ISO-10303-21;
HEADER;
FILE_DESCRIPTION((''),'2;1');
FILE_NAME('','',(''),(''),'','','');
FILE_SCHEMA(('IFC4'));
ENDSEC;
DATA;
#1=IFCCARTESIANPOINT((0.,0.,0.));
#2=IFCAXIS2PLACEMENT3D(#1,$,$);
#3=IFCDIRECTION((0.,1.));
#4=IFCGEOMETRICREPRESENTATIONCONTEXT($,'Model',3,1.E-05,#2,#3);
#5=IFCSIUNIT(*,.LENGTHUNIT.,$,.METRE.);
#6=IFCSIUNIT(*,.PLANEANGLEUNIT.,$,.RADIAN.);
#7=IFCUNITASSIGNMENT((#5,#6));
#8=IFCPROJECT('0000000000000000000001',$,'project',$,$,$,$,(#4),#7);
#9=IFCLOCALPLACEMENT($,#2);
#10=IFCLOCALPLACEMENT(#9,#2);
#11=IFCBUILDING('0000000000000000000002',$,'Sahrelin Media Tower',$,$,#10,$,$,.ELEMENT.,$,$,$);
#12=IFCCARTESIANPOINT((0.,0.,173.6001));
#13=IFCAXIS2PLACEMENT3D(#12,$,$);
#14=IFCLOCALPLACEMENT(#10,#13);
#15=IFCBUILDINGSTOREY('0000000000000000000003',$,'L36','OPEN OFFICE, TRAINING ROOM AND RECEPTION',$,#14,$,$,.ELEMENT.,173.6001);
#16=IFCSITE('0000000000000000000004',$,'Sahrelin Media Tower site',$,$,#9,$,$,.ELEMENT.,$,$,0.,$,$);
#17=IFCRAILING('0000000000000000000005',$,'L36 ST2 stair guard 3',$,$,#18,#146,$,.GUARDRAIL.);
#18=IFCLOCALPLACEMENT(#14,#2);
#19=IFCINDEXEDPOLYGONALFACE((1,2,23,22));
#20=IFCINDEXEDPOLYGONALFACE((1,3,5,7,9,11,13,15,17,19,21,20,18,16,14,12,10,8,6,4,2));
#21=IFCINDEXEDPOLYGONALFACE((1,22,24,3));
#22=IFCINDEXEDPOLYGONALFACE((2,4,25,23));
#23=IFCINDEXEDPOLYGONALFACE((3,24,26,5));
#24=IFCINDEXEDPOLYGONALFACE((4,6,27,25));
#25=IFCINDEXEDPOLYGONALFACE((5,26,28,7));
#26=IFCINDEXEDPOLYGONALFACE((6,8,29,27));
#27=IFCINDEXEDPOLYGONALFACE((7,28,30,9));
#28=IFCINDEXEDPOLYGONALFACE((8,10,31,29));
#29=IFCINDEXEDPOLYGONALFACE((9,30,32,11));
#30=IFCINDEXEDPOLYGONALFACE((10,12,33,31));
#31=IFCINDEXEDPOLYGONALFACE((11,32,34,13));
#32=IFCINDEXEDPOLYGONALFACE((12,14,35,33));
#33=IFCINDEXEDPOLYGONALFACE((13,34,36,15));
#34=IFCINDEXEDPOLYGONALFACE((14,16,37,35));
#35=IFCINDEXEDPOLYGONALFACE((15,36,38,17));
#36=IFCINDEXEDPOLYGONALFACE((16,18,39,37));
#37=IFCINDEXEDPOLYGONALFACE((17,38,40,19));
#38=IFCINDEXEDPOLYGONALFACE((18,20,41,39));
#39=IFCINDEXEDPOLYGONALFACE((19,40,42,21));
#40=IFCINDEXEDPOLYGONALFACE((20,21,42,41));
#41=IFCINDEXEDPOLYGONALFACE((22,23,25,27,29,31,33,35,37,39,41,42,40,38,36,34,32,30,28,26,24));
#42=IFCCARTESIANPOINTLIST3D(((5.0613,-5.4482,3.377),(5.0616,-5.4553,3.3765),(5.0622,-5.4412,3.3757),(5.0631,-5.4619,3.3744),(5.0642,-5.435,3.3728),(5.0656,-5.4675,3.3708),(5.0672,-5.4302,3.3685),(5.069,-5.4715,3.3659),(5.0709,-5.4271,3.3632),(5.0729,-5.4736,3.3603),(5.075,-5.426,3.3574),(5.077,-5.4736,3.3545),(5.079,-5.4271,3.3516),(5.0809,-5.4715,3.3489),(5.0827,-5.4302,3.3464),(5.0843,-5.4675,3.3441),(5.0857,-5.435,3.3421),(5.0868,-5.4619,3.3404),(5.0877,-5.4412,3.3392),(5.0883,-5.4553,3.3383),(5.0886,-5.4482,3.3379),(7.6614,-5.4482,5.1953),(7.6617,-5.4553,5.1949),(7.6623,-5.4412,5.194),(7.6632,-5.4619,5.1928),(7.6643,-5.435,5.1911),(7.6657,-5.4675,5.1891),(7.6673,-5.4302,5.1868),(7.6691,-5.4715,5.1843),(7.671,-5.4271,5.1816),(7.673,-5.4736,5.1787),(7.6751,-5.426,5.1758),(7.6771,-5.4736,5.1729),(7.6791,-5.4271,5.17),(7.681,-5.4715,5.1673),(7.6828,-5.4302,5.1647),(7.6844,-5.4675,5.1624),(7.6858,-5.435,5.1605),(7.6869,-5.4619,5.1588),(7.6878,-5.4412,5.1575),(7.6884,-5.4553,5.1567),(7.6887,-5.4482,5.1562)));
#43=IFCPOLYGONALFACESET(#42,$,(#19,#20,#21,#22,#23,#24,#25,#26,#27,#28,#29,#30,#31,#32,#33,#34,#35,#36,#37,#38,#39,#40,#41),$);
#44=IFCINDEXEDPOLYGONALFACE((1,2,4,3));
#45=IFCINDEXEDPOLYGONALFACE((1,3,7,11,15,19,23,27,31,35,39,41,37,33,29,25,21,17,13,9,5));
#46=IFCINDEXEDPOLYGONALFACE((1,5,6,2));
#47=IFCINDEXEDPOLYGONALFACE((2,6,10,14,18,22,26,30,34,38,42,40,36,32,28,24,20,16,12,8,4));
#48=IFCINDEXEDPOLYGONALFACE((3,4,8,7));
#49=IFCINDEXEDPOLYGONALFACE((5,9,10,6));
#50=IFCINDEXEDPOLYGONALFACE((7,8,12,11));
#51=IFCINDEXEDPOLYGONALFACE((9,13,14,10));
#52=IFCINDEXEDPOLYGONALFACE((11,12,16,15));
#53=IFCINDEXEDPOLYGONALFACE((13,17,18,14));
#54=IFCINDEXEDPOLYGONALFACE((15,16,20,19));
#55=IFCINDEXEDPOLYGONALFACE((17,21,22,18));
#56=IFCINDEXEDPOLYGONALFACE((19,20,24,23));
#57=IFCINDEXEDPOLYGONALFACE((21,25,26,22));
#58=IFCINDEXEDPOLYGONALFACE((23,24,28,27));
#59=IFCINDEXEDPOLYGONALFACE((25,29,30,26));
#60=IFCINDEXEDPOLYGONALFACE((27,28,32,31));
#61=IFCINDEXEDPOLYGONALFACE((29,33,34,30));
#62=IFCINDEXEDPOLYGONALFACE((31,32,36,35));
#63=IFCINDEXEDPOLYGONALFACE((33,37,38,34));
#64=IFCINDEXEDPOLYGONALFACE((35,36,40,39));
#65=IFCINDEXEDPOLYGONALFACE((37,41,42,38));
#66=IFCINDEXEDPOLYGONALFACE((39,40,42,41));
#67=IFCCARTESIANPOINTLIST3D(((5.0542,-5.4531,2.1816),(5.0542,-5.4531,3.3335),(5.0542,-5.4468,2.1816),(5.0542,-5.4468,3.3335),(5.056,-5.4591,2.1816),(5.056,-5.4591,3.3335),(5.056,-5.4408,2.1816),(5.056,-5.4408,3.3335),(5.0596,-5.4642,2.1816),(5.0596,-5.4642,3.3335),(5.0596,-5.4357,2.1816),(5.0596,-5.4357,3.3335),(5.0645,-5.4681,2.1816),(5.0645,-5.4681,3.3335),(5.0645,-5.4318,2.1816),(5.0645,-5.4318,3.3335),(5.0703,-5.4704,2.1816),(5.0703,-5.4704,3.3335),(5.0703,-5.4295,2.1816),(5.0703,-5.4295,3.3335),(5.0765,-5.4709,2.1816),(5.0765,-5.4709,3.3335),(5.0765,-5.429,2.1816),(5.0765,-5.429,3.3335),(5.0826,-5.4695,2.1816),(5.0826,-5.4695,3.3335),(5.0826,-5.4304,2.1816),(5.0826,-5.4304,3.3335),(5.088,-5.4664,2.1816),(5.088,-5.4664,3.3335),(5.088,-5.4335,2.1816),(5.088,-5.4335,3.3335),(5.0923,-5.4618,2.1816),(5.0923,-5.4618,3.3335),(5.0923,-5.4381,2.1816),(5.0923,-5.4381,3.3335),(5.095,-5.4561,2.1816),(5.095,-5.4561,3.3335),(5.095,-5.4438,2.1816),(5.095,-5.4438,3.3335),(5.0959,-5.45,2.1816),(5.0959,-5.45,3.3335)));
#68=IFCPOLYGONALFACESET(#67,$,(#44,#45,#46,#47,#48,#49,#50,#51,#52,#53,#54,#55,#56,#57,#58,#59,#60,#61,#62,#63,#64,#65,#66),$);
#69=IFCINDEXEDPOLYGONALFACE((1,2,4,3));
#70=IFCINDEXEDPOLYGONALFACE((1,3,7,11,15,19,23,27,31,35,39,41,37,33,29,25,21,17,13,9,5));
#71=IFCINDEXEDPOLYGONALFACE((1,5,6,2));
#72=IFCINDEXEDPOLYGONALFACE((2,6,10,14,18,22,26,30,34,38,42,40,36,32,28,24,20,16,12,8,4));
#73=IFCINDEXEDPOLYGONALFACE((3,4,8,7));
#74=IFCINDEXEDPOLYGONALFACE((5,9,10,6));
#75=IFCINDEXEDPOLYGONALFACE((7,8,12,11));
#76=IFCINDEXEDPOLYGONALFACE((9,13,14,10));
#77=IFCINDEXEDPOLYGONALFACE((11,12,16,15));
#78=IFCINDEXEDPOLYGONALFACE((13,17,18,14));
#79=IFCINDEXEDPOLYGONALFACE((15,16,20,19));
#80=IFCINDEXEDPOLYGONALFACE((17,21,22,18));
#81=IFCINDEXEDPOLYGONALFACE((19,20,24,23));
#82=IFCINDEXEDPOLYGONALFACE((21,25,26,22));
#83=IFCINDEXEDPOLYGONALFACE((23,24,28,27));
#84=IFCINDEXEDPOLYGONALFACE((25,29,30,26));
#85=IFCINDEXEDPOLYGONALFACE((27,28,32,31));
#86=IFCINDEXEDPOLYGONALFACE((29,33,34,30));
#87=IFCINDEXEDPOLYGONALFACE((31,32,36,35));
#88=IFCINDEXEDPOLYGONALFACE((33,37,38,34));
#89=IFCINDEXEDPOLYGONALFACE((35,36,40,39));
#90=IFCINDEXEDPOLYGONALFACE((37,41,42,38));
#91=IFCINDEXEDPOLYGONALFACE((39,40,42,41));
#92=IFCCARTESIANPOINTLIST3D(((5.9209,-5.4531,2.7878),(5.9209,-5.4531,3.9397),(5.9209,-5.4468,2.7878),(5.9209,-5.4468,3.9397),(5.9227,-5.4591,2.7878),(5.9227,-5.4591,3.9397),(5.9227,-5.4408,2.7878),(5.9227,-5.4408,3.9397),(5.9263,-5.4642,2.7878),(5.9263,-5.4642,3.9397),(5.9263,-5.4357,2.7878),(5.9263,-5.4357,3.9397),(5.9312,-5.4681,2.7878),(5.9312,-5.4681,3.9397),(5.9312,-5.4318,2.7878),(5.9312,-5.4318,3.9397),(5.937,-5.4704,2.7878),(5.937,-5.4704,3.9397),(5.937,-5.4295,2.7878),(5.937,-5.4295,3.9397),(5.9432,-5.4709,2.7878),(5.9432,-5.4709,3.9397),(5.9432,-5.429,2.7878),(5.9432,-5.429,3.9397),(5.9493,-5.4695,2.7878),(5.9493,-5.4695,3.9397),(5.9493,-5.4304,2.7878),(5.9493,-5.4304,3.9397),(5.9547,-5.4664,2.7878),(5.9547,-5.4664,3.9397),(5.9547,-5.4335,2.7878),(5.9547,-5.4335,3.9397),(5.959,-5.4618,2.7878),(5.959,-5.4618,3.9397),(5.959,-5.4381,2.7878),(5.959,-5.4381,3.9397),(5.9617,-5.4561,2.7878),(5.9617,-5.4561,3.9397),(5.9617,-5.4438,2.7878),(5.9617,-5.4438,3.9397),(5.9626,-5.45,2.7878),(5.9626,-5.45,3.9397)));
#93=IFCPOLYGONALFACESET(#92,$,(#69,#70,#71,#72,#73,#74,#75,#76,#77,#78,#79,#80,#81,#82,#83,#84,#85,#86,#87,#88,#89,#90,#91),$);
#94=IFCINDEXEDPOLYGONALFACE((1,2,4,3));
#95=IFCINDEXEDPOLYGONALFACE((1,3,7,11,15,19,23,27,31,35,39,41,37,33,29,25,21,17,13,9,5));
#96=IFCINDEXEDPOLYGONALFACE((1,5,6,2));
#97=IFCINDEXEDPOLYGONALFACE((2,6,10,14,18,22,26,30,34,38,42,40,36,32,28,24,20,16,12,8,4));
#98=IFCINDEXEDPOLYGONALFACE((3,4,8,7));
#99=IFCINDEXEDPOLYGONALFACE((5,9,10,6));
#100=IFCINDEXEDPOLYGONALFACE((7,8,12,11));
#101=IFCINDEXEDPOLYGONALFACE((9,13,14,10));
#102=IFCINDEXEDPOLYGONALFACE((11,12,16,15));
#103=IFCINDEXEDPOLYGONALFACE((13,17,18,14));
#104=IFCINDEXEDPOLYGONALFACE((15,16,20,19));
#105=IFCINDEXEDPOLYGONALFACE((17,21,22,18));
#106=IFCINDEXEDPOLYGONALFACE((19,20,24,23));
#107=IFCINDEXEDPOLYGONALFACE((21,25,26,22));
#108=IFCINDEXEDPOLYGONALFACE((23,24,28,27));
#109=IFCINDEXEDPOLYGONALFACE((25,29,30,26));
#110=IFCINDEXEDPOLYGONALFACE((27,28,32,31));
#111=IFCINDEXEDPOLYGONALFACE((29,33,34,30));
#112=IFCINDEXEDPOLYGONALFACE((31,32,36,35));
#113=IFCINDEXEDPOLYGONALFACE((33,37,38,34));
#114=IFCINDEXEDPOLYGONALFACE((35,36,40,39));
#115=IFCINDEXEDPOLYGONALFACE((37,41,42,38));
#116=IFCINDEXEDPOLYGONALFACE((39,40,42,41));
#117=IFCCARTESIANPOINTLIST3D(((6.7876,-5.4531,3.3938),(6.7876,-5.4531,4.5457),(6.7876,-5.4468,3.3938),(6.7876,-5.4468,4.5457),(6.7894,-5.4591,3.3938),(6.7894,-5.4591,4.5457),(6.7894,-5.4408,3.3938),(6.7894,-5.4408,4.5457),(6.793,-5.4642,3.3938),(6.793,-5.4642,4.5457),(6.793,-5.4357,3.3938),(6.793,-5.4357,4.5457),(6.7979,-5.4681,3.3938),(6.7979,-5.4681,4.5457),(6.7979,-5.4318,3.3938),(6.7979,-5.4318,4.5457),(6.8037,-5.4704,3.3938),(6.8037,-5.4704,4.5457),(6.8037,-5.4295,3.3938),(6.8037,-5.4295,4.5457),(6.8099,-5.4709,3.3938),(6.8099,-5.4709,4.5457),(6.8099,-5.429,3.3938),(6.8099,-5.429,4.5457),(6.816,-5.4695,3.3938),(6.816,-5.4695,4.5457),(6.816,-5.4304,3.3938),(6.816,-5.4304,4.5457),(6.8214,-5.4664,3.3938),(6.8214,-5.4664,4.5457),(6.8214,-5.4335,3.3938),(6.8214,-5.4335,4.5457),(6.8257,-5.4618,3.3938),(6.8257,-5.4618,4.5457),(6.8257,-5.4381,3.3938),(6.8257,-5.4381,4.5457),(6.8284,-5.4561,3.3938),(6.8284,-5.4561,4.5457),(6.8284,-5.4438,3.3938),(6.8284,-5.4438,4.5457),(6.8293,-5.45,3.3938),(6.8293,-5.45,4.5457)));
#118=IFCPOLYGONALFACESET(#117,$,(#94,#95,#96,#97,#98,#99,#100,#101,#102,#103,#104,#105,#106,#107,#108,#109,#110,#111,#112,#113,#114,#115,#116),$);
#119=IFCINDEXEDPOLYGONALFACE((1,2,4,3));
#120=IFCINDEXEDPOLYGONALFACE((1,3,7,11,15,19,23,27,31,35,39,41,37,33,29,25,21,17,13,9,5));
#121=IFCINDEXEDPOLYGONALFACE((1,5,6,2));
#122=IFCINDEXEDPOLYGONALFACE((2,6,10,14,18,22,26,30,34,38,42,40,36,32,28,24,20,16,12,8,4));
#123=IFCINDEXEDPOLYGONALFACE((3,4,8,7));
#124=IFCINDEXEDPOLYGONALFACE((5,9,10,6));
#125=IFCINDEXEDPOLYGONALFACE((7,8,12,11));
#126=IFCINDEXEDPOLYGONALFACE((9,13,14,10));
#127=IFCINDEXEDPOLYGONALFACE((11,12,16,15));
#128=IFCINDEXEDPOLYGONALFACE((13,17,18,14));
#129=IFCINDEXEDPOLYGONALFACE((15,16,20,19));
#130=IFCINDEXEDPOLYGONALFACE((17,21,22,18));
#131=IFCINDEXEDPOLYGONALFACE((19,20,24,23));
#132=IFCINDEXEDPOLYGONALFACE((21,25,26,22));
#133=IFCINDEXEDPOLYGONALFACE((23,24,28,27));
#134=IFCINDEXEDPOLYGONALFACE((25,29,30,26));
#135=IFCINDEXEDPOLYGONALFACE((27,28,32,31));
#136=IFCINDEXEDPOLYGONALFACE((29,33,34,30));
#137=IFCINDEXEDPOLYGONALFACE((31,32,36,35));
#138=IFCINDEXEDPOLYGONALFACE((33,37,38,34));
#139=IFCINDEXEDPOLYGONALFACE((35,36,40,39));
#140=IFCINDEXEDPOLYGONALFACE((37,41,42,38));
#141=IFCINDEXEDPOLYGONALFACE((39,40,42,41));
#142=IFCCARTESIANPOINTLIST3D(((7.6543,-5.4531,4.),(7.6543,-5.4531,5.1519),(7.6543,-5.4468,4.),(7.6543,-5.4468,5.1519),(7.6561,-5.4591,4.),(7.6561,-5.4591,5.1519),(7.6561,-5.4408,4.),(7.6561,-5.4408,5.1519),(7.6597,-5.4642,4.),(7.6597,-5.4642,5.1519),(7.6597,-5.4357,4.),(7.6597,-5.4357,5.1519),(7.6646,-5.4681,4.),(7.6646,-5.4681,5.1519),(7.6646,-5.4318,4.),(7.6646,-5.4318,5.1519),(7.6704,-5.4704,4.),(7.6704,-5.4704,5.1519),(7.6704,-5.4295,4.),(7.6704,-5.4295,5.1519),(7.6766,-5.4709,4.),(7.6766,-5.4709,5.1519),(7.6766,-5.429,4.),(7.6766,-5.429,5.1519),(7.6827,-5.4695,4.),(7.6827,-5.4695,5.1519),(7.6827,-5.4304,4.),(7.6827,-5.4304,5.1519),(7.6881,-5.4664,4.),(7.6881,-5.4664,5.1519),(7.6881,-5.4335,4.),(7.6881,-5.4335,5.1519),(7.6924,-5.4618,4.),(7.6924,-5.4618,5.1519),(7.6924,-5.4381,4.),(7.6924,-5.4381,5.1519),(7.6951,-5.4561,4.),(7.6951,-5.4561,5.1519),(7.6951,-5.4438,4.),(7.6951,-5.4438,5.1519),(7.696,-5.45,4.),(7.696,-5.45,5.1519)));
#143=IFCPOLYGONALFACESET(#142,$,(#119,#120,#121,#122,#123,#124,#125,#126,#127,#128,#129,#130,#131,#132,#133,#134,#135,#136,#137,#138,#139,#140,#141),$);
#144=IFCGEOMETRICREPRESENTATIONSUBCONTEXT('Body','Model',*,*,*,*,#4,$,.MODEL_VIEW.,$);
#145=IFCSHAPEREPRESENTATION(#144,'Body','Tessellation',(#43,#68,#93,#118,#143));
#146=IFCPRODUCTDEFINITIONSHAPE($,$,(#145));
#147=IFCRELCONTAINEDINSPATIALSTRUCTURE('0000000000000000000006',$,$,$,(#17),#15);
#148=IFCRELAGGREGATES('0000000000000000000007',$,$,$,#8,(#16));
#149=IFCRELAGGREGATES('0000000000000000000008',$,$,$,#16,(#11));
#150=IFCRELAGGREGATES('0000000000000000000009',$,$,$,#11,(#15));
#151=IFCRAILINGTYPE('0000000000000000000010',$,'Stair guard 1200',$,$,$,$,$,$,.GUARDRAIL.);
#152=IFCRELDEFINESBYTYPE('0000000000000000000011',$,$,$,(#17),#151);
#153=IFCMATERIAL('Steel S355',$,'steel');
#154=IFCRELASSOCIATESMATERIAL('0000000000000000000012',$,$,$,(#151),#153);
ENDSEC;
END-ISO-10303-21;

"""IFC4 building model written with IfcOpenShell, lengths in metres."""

from ifc_helpers import new_model, si_unit, direction, frame, origin, origin_2d, place, context, subcontext, project, spatial, circle, extrude, material, type_object, element, save


model = new_model("IFC4")

# Units and contexts
model_context = context("Model", 3, precision=1e-05, world=origin(), true_north=direction((0.0, 1.0)))
body_context = subcontext(model_context, "Body", "Model", "MODEL_VIEW")
ifc_project = project(units=[si_unit("LENGTHUNIT", "METRE"), si_unit("PLANEANGLEUNIT", "RADIAN")], contexts=[model_context])

# Site, building, storey
site_placement = place(None, origin())
site = spatial("IfcSite", under=ifc_project, at=site_placement, Name="Sahrelin Media Tower site", CompositionType="ELEMENT", RefElevation=0.0)
building_placement = place(site_placement, origin())
building = spatial("IfcBuilding", under=site, at=building_placement, Name="Sahrelin Media Tower", CompositionType="ELEMENT")
storey_placement = place(building_placement, frame((0.0, 0.0, 173.6001)))
storey = spatial("IfcBuildingStorey", under=building, at=storey_placement, Name="L36", Description="OPEN OFFICE, TRAINING ROOM AND RECEPTION", CompositionType="ELEMENT", Elevation=173.6001)

# Shared definitions
ifc_material_1 = material(Name="Steel S355", Category="steel")

# Railing
railing_type_1 = type_object("IfcRailingType", Name="Stair guard 1200", PredefinedType="GUARDRAIL", material=ifc_material_1)
railing_1_placement = place(storey_placement, frame((5.075, -5.45, 2.1816)))
element("IfcRailing", 1, at=railing_1_placement, inside=storey, type_object=railing_type_1, Name="L36 ST2 stair guard 3", PredefinedType="GUARDRAIL", context=body_context, shape_type="SweptSolid", body=[
    extrude(circle(Radius=0.0239, at=origin_2d()), frame((0.0, 0.0, 1.1758), z_axis=(0.819485, 0.0, 0.573101), x_axis=(0.0, 1.0, 0.0)), (0.0, 0.0, 1.0), 3.1729),
    extrude(circle(Radius=0.021, at=origin_2d()), origin(), (0.0, 0.0, 1.0), 1.1519),
    extrude(circle(Radius=0.021, at=origin_2d()), frame((0.8667, 0.0, 0.6062)), (0.0, 0.0, 1.0), 1.1519),
    extrude(circle(Radius=0.021, at=origin_2d()), frame((1.7334, 0.0, 1.2122)), (0.0, 0.0, 1.0), 1.1519),
    extrude(circle(Radius=0.021, at=origin_2d()), frame((2.6001, 0.0, 1.8184)), (0.0, 0.0, 1.0), 1.1519),
])

save(model, "model.ifc")
